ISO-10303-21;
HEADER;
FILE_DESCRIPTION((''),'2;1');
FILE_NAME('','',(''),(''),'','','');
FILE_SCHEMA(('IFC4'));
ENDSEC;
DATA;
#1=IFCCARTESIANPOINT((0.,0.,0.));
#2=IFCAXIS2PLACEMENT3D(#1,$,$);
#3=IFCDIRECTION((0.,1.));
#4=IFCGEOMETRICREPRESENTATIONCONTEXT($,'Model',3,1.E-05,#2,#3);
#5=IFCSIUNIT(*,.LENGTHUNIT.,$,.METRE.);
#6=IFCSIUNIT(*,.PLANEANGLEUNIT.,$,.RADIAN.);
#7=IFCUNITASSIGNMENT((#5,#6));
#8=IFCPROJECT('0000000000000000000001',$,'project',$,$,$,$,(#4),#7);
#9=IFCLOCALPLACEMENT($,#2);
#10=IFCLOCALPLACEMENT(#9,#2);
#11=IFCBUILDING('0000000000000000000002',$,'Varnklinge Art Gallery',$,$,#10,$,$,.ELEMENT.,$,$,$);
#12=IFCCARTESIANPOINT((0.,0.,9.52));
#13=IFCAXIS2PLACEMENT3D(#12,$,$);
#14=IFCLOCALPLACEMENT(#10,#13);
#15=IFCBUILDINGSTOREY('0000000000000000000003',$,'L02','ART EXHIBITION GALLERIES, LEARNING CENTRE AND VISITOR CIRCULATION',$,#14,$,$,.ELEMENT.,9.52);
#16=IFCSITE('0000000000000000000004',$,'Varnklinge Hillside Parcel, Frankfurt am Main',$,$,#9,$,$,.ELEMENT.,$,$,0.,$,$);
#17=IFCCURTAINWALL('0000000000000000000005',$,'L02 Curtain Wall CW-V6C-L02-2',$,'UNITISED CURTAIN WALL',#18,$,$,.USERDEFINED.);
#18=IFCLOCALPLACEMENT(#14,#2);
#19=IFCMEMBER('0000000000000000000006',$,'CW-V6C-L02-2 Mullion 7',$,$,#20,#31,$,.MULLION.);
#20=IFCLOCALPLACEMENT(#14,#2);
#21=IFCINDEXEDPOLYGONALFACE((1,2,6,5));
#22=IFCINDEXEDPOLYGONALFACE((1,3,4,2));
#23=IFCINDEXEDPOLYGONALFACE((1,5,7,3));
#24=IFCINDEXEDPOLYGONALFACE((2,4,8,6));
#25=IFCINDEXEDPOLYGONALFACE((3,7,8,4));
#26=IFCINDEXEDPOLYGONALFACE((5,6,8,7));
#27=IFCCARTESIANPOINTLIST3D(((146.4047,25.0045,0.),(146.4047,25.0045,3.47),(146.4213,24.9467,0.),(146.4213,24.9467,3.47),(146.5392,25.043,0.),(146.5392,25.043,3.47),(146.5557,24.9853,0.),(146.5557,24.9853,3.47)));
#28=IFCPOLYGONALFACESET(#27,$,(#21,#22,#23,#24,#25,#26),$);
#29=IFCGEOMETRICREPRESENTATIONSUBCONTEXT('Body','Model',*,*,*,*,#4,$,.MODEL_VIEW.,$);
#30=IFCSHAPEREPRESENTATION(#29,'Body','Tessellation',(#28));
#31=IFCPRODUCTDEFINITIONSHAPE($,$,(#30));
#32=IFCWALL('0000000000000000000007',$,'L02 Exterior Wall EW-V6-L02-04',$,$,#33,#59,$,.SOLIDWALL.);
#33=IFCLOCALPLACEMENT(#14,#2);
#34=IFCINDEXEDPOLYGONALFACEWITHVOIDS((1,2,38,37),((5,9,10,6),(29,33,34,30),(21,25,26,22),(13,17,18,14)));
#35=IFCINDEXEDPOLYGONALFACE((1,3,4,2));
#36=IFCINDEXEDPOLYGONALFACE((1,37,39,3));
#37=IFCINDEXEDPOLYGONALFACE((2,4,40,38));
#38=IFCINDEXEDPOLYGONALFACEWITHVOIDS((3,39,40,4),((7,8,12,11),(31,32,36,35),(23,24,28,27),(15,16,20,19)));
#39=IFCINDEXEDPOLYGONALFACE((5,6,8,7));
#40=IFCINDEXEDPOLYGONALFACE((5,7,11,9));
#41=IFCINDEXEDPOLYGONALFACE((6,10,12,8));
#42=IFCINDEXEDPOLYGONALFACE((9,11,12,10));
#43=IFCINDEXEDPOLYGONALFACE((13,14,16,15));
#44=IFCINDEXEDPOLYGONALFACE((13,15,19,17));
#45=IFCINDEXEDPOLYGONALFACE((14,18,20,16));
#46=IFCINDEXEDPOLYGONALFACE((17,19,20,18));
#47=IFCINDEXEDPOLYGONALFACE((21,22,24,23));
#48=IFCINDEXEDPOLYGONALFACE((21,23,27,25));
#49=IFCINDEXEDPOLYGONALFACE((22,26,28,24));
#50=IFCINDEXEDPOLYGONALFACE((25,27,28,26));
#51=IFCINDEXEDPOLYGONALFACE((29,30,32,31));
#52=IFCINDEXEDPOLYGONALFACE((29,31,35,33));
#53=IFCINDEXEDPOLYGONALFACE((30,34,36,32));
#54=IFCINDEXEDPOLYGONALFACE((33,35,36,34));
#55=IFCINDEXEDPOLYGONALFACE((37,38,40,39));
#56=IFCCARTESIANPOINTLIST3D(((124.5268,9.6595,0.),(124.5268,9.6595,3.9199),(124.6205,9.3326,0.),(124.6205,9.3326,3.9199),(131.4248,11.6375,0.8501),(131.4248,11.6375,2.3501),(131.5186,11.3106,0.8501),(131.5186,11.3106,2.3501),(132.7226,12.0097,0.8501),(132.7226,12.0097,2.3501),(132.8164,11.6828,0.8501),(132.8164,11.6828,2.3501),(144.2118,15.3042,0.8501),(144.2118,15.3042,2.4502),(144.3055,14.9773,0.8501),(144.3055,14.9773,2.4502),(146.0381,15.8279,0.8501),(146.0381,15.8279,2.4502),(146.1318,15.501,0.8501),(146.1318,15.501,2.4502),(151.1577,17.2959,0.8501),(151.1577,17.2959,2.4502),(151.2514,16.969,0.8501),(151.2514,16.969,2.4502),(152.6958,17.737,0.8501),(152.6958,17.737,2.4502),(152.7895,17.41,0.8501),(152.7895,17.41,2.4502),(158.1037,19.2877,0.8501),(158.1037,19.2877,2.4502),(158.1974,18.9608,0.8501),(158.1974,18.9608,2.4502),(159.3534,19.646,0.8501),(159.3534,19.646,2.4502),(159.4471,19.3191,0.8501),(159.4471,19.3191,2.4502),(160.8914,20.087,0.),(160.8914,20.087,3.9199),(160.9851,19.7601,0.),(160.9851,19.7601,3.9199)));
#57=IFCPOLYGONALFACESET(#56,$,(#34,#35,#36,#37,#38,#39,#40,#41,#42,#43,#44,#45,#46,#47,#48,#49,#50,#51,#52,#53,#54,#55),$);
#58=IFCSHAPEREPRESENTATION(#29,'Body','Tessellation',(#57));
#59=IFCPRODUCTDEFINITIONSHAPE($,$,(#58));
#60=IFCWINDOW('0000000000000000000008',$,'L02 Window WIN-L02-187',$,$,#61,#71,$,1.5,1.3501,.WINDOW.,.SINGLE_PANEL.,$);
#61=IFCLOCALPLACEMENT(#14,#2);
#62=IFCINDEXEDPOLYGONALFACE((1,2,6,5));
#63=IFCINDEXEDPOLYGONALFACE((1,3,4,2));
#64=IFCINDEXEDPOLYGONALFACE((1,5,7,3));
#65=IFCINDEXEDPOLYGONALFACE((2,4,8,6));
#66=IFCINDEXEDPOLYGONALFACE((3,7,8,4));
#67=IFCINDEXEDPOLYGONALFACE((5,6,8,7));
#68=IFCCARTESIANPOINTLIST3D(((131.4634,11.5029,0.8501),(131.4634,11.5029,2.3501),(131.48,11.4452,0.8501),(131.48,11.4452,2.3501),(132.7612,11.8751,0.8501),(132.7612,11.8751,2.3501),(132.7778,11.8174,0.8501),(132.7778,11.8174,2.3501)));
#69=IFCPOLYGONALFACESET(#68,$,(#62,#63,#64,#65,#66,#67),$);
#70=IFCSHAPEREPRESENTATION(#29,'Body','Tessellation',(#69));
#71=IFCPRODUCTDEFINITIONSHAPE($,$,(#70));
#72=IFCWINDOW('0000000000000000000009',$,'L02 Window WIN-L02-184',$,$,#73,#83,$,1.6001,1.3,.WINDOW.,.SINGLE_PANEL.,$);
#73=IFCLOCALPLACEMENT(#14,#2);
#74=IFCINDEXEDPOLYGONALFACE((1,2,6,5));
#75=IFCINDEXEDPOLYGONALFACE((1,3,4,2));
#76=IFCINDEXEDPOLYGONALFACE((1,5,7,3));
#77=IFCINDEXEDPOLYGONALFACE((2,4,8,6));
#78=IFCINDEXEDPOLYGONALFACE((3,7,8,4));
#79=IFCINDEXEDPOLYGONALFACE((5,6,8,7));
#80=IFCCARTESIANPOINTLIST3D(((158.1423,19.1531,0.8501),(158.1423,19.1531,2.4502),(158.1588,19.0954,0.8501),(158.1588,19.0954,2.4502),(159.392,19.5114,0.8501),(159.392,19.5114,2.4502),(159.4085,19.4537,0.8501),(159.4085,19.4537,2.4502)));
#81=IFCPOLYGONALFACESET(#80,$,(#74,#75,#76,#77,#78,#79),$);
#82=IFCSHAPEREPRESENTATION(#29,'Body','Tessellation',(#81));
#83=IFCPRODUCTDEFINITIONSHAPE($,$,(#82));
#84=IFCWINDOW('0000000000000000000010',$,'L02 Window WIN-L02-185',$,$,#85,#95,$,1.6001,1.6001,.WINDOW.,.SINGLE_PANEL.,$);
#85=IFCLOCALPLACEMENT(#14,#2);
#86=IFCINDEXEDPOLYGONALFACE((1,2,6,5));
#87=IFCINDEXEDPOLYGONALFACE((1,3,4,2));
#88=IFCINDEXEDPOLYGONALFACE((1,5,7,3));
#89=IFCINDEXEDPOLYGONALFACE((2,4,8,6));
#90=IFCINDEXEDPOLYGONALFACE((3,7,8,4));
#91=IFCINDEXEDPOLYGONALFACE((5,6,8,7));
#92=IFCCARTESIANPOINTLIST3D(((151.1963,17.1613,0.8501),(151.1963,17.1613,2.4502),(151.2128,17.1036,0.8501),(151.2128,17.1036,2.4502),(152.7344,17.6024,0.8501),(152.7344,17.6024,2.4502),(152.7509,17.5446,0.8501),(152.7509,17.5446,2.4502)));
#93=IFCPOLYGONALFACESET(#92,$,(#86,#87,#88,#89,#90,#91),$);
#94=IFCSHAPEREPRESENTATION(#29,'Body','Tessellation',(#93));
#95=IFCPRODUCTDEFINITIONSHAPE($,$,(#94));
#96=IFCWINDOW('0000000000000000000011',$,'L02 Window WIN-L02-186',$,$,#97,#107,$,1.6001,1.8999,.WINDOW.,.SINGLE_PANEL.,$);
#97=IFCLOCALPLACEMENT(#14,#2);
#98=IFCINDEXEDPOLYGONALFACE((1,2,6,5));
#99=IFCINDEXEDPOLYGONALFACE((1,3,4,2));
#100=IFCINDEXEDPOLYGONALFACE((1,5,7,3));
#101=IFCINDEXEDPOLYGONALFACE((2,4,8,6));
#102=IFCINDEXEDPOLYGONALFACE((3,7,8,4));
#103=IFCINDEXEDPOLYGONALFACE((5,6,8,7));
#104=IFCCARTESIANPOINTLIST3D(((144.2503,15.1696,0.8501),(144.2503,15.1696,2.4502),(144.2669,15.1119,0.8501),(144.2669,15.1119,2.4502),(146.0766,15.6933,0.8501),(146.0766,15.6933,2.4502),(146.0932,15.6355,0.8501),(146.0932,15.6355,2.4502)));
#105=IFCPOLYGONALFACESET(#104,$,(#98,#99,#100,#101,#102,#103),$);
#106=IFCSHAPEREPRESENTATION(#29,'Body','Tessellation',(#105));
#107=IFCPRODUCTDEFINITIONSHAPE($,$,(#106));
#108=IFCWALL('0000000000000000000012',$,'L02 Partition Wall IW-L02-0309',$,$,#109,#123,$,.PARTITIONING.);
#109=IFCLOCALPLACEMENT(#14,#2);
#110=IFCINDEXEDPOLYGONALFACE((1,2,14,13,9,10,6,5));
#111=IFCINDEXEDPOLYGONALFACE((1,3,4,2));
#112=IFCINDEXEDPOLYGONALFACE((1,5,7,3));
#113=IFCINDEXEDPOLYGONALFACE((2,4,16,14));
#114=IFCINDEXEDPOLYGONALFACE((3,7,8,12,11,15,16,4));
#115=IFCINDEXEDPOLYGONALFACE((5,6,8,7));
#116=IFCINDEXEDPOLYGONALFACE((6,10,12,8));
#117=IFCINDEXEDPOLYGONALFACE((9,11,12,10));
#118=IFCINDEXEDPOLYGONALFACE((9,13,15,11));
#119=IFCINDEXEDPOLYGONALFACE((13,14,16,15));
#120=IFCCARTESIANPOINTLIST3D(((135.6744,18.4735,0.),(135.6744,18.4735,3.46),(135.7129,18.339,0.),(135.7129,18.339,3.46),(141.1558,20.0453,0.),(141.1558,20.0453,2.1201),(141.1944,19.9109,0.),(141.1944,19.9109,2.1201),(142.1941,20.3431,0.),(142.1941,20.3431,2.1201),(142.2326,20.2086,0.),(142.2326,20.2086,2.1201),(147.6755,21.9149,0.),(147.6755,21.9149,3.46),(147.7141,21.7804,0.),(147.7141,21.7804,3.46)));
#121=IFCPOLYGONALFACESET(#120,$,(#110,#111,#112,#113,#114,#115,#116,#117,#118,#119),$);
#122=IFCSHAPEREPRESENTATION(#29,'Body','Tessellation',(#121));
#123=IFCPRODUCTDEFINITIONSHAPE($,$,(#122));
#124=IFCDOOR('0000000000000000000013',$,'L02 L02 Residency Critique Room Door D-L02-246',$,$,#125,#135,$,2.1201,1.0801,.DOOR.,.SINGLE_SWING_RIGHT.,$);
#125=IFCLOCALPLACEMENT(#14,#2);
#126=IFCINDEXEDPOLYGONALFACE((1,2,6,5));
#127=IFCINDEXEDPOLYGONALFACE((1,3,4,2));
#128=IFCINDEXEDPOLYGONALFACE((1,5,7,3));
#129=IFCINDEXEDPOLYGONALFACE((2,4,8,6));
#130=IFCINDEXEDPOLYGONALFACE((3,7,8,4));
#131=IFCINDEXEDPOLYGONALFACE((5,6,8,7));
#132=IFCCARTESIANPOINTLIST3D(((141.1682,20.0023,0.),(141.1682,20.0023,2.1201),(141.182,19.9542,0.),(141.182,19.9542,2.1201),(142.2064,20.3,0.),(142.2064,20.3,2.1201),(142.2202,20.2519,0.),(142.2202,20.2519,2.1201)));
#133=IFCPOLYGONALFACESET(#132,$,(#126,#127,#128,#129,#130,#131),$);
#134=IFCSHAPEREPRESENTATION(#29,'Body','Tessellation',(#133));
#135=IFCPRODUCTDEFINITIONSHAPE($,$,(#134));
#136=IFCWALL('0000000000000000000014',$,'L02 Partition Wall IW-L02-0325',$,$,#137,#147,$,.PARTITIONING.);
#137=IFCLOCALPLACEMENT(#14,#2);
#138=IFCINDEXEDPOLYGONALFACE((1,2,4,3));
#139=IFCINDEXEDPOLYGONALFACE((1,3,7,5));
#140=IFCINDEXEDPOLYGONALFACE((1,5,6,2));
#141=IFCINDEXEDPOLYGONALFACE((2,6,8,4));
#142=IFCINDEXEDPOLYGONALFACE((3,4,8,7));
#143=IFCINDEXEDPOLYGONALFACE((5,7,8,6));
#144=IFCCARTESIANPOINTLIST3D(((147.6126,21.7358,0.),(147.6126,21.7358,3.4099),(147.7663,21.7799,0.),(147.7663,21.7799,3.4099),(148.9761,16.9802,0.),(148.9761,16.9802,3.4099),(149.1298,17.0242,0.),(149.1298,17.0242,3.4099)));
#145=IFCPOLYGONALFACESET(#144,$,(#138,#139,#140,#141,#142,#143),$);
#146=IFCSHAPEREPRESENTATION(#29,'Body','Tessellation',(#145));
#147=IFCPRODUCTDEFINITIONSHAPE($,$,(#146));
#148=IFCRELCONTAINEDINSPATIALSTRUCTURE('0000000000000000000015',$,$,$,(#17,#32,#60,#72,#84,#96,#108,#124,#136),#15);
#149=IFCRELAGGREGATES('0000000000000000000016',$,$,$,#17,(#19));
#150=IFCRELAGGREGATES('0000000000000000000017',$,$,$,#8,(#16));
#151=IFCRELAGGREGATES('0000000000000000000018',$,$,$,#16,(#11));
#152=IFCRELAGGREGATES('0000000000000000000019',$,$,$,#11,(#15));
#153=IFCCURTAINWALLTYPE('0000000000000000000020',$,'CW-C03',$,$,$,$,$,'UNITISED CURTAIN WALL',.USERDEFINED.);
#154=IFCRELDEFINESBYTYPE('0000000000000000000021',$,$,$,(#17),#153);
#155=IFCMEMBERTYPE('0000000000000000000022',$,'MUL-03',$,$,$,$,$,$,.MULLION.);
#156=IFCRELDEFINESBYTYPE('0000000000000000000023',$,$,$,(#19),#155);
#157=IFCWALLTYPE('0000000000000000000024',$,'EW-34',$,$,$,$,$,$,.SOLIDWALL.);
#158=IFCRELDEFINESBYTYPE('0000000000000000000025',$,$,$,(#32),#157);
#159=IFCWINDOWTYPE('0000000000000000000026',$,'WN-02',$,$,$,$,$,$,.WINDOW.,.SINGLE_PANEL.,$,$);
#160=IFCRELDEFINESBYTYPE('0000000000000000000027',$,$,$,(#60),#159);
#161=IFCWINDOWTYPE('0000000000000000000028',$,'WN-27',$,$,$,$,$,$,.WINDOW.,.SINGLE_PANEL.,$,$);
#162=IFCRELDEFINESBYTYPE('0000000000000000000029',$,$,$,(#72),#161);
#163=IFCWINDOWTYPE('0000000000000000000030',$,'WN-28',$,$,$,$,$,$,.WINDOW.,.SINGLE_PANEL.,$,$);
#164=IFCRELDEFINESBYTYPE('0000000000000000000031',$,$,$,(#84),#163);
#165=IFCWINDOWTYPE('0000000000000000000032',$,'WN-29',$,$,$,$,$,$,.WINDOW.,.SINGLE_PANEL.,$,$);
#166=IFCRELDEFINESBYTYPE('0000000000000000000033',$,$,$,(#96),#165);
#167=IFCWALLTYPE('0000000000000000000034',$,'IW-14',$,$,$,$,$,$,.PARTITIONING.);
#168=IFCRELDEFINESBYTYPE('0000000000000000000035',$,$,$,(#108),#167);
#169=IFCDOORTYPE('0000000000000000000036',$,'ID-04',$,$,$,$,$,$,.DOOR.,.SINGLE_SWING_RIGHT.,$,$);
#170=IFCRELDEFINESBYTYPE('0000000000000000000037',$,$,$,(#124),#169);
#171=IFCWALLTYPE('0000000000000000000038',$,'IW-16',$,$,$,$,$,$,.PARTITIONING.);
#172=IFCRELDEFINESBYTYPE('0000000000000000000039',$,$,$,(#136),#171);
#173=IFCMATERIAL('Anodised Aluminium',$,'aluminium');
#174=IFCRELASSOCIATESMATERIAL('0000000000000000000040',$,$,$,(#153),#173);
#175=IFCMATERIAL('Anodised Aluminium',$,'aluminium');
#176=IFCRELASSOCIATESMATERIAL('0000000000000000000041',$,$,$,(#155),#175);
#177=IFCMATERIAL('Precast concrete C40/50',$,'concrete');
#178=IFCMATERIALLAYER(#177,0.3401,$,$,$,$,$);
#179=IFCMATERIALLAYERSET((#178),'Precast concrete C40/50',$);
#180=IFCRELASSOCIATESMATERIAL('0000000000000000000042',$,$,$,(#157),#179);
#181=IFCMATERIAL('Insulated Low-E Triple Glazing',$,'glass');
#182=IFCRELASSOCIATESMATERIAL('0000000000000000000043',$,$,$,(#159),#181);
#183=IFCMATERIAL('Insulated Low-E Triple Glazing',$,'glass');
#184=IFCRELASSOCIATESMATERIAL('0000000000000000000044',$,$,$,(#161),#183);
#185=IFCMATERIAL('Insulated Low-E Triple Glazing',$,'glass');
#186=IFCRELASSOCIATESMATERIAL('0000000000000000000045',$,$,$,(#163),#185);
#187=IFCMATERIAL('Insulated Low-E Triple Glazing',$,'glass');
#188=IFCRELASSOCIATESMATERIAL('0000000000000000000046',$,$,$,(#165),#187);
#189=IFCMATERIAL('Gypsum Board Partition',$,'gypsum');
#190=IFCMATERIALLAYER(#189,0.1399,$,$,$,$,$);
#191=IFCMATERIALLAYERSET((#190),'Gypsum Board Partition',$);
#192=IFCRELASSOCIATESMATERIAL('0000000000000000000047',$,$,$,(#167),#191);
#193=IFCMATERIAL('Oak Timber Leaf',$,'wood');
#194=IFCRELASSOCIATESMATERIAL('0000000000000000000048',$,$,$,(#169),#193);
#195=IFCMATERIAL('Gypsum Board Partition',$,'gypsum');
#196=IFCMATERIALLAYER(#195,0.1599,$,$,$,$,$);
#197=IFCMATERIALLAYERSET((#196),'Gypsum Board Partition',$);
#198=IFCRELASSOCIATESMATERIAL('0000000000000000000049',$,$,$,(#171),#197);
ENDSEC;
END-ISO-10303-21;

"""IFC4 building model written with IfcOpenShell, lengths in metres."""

from ifc_helpers import new_model, si_unit, direction, frame, frame_2d, origin, origin_2d, place, context, subcontext, project, spatial, rectangle, extrude, material, layer, layer_set, material_profile, profile_set, type_object, element, fill, aggregate, save


model = new_model("IFC4")

# Units and contexts
model_context = context("Model", 3, precision=1e-05, world=origin(), true_north=direction((0.0, 1.0)))
body_context = subcontext(model_context, "Body", "Model", "MODEL_VIEW")
ifc_project = project(units=[si_unit("LENGTHUNIT", "METRE"), si_unit("PLANEANGLEUNIT", "RADIAN")], contexts=[model_context])

# Site, building, storey
site_placement = place(None, origin())
site = spatial("IfcSite", under=ifc_project, at=site_placement, Name="Varnklinge Hillside Parcel, Frankfurt am Main", CompositionType="ELEMENT", RefElevation=0.0)
building_placement = place(site_placement, origin())
building = spatial("IfcBuilding", under=site, at=building_placement, Name="Varnklinge Art Gallery", CompositionType="ELEMENT")
storey_placement = place(building_placement, frame((0.0, 0.0, 9.52)))
storey = spatial("IfcBuildingStorey", under=building, at=storey_placement, Name="L02", Description="ART EXHIBITION GALLERIES, LEARNING CENTRE AND VISITOR CIRCULATION", CompositionType="ELEMENT", Elevation=9.52)

# Curtain wall, member
ifc_material_1 = material(Name="Anodised Aluminium", Category="aluminium")
curtain_wall_type = type_object("IfcCurtainWallType", Name="CW-C03", ElementType="UNITISED CURTAIN WALL", PredefinedType="USERDEFINED", material=ifc_material_1)
curtain_wall_placement = place(storey_placement, origin())
curtain_wall = element("IfcCurtainWall", 1, at=curtain_wall_placement, inside=storey, type_object=curtain_wall_type, Name="L02 Curtain Wall CW-V6C-L02-2", ObjectType="UNITISED CURTAIN WALL", PredefinedType="USERDEFINED")
ifc_material_2 = material(Name="Anodised Aluminium", Category="aluminium")
ifc_material_profile_1 = material_profile(ifc_material_2, rectangle(XDim=0.0601, YDim=0.1399, at=origin_2d()), Name="ALU 60x140")
ifc_profile_set_1 = profile_set([ifc_material_profile_1], Name="Anodised Aluminium")
member_type = type_object("IfcMemberType", Name="MUL-03", PredefinedType="MULLION", material=ifc_profile_set_1)
member_placement = place(storey_placement, frame((146.4802, 24.9949, 0.0), z_axis=(0.0, 0.0, 1.0), x_axis=(0.275637, -0.961262, 0.0)))
member = element("IfcMember", 2, at=member_placement, type_object=member_type, Name="CW-V6C-L02-2 Mullion 7", PredefinedType="MULLION", context=body_context, shape_type="SweptSolid", body=[
    extrude(rectangle(XDim=0.0601, YDim=0.1399, at=origin_2d()), origin(), (0.0, 0.0, 1.0), 3.47),
])
aggregate(curtain_wall, [member])

# Wall, openings, windows
ifc_material_3 = material(Name="Precast concrete C40/50", Category="concrete")
ifc_layer_1 = layer(ifc_material_3, 0.3401)
ifc_layer_set_1 = layer_set([ifc_layer_1], Name="Precast concrete C40/50")
wall_type_1 = type_object("IfcWallType", Name="EW-34", PredefinedType="SOLIDWALL", material=ifc_layer_set_1)
wall_1_placement = place(storey_placement, frame((160.9382, 19.9236, 0.0), z_axis=(0.0, 0.0, 1.0), x_axis=(-0.961261, -0.275641, 0.0)))
wall_1 = element("IfcWall", 3, at=wall_1_placement, inside=storey, type_object=wall_type_1, Name="L02 Exterior Wall EW-V6-L02-04", PredefinedType="SOLIDWALL", context=body_context, shape_type="SweptSolid", body=[
    extrude(rectangle(XDim=37.8301, YDim=0.3401, at=frame_2d((18.915, 0.0))), origin(), (0.0, 0.0, 1.0), 3.9199),
])
opening_1_placement = place(wall_1_placement, frame((1.6001, 0.0, 0.8501)))
opening_1 = element("IfcOpeningElement", 4, at=opening_1_placement, cuts=wall_1, PredefinedType="OPENING", context=body_context, shape_type="SweptSolid", body=[
    extrude(rectangle(XDim=1.3, YDim=1.6001, at=frame_2d((0.6499, 0.8))), frame((0.0, 0.1799, 0.0), z_axis=(0.0, -1.0, 0.0), x_axis=(1.0, 0.0, 0.0)), (0.0, 0.0, 1.0), 0.3601),
])
opening_2_placement = place(wall_1_placement, frame((8.5259, 0.0, 0.8501)))
opening_2 = element("IfcOpeningElement", 5, at=opening_2_placement, cuts=wall_1, PredefinedType="OPENING", context=body_context, shape_type="SweptSolid", body=[
    extrude(rectangle(XDim=1.6001, YDim=1.6001, at=frame_2d((0.8, 0.8))), frame((0.0, 0.1799, 0.0), z_axis=(0.0, -1.0, 0.0), x_axis=(1.0, 0.0, 0.0)), (0.0, 0.0, 1.0), 0.3601),
])
opening_3_placement = place(wall_1_placement, frame((15.4519, 0.0, 0.8501)))
opening_3 = element("IfcOpeningElement", 6, at=opening_3_placement, cuts=wall_1, PredefinedType="OPENING", context=body_context, shape_type="SweptSolid", body=[
    extrude(rectangle(XDim=1.8999, YDim=1.6001, at=frame_2d((0.95, 0.8))), frame((0.0, 0.1799, 0.0), z_axis=(0.0, -1.0, 0.0), x_axis=(1.0, 0.0, 0.0)), (0.0, 0.0, 1.0), 0.3601),
])
opening_4_placement = place(wall_1_placement, frame((29.304, 0.0, 0.8501)))
opening_4 = element("IfcOpeningElement", 7, at=opening_4_placement, cuts=wall_1, PredefinedType="OPENING", context=body_context, shape_type="SweptSolid", body=[
    extrude(rectangle(XDim=1.3501, YDim=1.5, at=frame_2d((0.675, 0.75))), frame((0.0, 0.1799, 0.0), z_axis=(0.0, -1.0, 0.0), x_axis=(1.0, 0.0, 0.0)), (0.0, 0.0, 1.0), 0.3601),
])
ifc_material_4 = material(Name="Insulated Low-E Triple Glazing", Category="glass")
window_type_1 = type_object("IfcWindowType", Name="WN-02", PartitioningType="SINGLE_PANEL", PredefinedType="WINDOW", material=ifc_material_4)
window_1_placement = place(opening_4_placement, origin())
window_1 = element("IfcWindow", 8, at=window_1_placement, inside=storey, type_object=window_type_1, Name="L02 Window WIN-L02-187", OverallHeight=1.5, OverallWidth=1.3501, PartitioningType="SINGLE_PANEL", PredefinedType="WINDOW", context=body_context, shape_type="SweptSolid", body=[
    extrude(rectangle(XDim=1.3501, YDim=1.5, at=frame_2d((0.675, 0.75))), frame((0.0, 0.03, 0.0), z_axis=(0.0, -1.0, 0.0), x_axis=(1.0, 0.0, 0.0)), (0.0, 0.0, 1.0), 0.0601),
])
fill(opening_4, window_1)
ifc_material_5 = material(Name="Insulated Low-E Triple Glazing", Category="glass")
window_type_2 = type_object("IfcWindowType", Name="WN-27", PartitioningType="SINGLE_PANEL", PredefinedType="WINDOW", material=ifc_material_5)
window_2_placement = place(opening_1_placement, origin())
window_2 = element("IfcWindow", 9, at=window_2_placement, inside=storey, type_object=window_type_2, Name="L02 Window WIN-L02-184", OverallHeight=1.6001, OverallWidth=1.3, PartitioningType="SINGLE_PANEL", PredefinedType="WINDOW", context=body_context, shape_type="SweptSolid", body=[
    extrude(rectangle(XDim=1.3, YDim=1.6001, at=frame_2d((0.6499, 0.8))), frame((0.0, 0.03, 0.0), z_axis=(0.0, -1.0, 0.0), x_axis=(1.0, 0.0, 0.0)), (0.0, 0.0, 1.0), 0.0601),
])
fill(opening_1, window_2)
ifc_material_6 = material(Name="Insulated Low-E Triple Glazing", Category="glass")
window_type_3 = type_object("IfcWindowType", Name="WN-28", PartitioningType="SINGLE_PANEL", PredefinedType="WINDOW", material=ifc_material_6)
window_3_placement = place(opening_2_placement, origin())
window_3 = element("IfcWindow", 10, at=window_3_placement, inside=storey, type_object=window_type_3, Name="L02 Window WIN-L02-185", OverallHeight=1.6001, OverallWidth=1.6001, PartitioningType="SINGLE_PANEL", PredefinedType="WINDOW", context=body_context, shape_type="SweptSolid", body=[
    extrude(rectangle(XDim=1.6001, YDim=1.6001, at=frame_2d((0.8, 0.8))), frame((0.0, 0.03, 0.0), z_axis=(0.0, -1.0, 0.0), x_axis=(1.0, 0.0, 0.0)), (0.0, 0.0, 1.0), 0.0601),
])
fill(opening_2, window_3)
ifc_material_7 = material(Name="Insulated Low-E Triple Glazing", Category="glass")
window_type_4 = type_object("IfcWindowType", Name="WN-29", PartitioningType="SINGLE_PANEL", PredefinedType="WINDOW", material=ifc_material_7)
window_4_placement = place(opening_3_placement, origin())
window_4 = element("IfcWindow", 11, at=window_4_placement, inside=storey, type_object=window_type_4, Name="L02 Window WIN-L02-186", OverallHeight=1.6001, OverallWidth=1.8999, PartitioningType="SINGLE_PANEL", PredefinedType="WINDOW", context=body_context, shape_type="SweptSolid", body=[
    extrude(rectangle(XDim=1.8999, YDim=1.6001, at=frame_2d((0.95, 0.8))), frame((0.0, 0.03, 0.0), z_axis=(0.0, -1.0, 0.0), x_axis=(1.0, 0.0, 0.0)), (0.0, 0.0, 1.0), 0.0601),
])
fill(opening_3, window_4)

# Wall, opening, door
ifc_material_8 = material(Name="Gypsum Board Partition", Category="gypsum")
ifc_layer_2 = layer(ifc_material_8, 0.1399)
ifc_layer_set_2 = layer_set([ifc_layer_2], Name="Gypsum Board Partition")
wall_type_2 = type_object("IfcWallType", Name="IW-14", PredefinedType="PARTITIONING", material=ifc_layer_set_2)
wall_2_placement = place(storey_placement, frame((147.6948, 21.8477, 0.0), z_axis=(0.0, 0.0, 1.0), x_axis=(-0.961259, -0.275646, 0.0)))
wall_2 = element("IfcWall", 12, at=wall_2_placement, inside=storey, type_object=wall_type_2, Name="L02 Partition Wall IW-L02-0309", PredefinedType="PARTITIONING", context=body_context, shape_type="SweptSolid", body=[
    extrude(rectangle(XDim=12.4849, YDim=0.1399, at=frame_2d((6.2424, 0.0))), origin(), (0.0, 0.0, 1.0), 3.46),
])
opening_5_placement = place(wall_2_placement, frame((5.7024, 0.0, 0.0)))
opening_5 = element("IfcOpeningElement", 13, at=opening_5_placement, cuts=wall_2, PredefinedType="OPENING", context=body_context, shape_type="SweptSolid", body=[
    extrude(rectangle(XDim=1.0801, YDim=2.1201, at=frame_2d((0.54, 1.0601))), frame((0.0, 0.0798, 0.0), z_axis=(0.0, -1.0, 0.0), x_axis=(1.0, 0.0, 0.0)), (0.0, 0.0, 1.0), 0.1599),
])
ifc_material_9 = material(Name="Oak Timber Leaf", Category="wood")
door_type_1 = type_object("IfcDoorType", Name="ID-04", OperationType="SINGLE_SWING_RIGHT", PredefinedType="DOOR", material=ifc_material_9)
door_1_placement = place(opening_5_placement, origin())
door_1 = element("IfcDoor", 14, at=door_1_placement, inside=storey, type_object=door_type_1, Name="L02 L02 Residency Critique Room Door D-L02-246", OperationType="SINGLE_SWING_RIGHT", OverallHeight=2.1201, OverallWidth=1.0801, PredefinedType="DOOR", context=body_context, shape_type="SweptSolid", body=[
    extrude(rectangle(XDim=1.0801, YDim=2.1201, at=frame_2d((0.54, 1.0601))), frame((0.0, 0.0249, 0.0), z_axis=(0.0, -1.0, 0.0), x_axis=(1.0, 0.0, 0.0)), (0.0, 0.0, 1.0), 0.05),
])
fill(opening_5, door_1)
ifc_material_10 = material(Name="Gypsum Board Partition", Category="gypsum")
ifc_layer_3 = layer(ifc_material_10, 0.1599)
ifc_layer_set_3 = layer_set([ifc_layer_3], Name="Gypsum Board Partition")
wall_type_3 = type_object("IfcWallType", Name="IW-16", PredefinedType="PARTITIONING", material=ifc_layer_set_3)

# Wall
wall_3_placement = place(storey_placement, frame((149.053, 17.0022, 0.0), z_axis=(0.0, 0.0, 1.0), x_axis=(-0.275614, 0.961268, 0.0)))
element("IfcWall", 15, at=wall_3_placement, inside=storey, type_object=wall_type_3, Name="L02 Partition Wall IW-L02-0325", PredefinedType="PARTITIONING", context=body_context, shape_type="SweptSolid", body=[
    extrude(rectangle(XDim=4.9473, YDim=0.1599, at=frame_2d((2.4736, 0.0))), origin(), (0.0, 0.0, 1.0), 3.4099),
])

save(model, "model.ifc")
